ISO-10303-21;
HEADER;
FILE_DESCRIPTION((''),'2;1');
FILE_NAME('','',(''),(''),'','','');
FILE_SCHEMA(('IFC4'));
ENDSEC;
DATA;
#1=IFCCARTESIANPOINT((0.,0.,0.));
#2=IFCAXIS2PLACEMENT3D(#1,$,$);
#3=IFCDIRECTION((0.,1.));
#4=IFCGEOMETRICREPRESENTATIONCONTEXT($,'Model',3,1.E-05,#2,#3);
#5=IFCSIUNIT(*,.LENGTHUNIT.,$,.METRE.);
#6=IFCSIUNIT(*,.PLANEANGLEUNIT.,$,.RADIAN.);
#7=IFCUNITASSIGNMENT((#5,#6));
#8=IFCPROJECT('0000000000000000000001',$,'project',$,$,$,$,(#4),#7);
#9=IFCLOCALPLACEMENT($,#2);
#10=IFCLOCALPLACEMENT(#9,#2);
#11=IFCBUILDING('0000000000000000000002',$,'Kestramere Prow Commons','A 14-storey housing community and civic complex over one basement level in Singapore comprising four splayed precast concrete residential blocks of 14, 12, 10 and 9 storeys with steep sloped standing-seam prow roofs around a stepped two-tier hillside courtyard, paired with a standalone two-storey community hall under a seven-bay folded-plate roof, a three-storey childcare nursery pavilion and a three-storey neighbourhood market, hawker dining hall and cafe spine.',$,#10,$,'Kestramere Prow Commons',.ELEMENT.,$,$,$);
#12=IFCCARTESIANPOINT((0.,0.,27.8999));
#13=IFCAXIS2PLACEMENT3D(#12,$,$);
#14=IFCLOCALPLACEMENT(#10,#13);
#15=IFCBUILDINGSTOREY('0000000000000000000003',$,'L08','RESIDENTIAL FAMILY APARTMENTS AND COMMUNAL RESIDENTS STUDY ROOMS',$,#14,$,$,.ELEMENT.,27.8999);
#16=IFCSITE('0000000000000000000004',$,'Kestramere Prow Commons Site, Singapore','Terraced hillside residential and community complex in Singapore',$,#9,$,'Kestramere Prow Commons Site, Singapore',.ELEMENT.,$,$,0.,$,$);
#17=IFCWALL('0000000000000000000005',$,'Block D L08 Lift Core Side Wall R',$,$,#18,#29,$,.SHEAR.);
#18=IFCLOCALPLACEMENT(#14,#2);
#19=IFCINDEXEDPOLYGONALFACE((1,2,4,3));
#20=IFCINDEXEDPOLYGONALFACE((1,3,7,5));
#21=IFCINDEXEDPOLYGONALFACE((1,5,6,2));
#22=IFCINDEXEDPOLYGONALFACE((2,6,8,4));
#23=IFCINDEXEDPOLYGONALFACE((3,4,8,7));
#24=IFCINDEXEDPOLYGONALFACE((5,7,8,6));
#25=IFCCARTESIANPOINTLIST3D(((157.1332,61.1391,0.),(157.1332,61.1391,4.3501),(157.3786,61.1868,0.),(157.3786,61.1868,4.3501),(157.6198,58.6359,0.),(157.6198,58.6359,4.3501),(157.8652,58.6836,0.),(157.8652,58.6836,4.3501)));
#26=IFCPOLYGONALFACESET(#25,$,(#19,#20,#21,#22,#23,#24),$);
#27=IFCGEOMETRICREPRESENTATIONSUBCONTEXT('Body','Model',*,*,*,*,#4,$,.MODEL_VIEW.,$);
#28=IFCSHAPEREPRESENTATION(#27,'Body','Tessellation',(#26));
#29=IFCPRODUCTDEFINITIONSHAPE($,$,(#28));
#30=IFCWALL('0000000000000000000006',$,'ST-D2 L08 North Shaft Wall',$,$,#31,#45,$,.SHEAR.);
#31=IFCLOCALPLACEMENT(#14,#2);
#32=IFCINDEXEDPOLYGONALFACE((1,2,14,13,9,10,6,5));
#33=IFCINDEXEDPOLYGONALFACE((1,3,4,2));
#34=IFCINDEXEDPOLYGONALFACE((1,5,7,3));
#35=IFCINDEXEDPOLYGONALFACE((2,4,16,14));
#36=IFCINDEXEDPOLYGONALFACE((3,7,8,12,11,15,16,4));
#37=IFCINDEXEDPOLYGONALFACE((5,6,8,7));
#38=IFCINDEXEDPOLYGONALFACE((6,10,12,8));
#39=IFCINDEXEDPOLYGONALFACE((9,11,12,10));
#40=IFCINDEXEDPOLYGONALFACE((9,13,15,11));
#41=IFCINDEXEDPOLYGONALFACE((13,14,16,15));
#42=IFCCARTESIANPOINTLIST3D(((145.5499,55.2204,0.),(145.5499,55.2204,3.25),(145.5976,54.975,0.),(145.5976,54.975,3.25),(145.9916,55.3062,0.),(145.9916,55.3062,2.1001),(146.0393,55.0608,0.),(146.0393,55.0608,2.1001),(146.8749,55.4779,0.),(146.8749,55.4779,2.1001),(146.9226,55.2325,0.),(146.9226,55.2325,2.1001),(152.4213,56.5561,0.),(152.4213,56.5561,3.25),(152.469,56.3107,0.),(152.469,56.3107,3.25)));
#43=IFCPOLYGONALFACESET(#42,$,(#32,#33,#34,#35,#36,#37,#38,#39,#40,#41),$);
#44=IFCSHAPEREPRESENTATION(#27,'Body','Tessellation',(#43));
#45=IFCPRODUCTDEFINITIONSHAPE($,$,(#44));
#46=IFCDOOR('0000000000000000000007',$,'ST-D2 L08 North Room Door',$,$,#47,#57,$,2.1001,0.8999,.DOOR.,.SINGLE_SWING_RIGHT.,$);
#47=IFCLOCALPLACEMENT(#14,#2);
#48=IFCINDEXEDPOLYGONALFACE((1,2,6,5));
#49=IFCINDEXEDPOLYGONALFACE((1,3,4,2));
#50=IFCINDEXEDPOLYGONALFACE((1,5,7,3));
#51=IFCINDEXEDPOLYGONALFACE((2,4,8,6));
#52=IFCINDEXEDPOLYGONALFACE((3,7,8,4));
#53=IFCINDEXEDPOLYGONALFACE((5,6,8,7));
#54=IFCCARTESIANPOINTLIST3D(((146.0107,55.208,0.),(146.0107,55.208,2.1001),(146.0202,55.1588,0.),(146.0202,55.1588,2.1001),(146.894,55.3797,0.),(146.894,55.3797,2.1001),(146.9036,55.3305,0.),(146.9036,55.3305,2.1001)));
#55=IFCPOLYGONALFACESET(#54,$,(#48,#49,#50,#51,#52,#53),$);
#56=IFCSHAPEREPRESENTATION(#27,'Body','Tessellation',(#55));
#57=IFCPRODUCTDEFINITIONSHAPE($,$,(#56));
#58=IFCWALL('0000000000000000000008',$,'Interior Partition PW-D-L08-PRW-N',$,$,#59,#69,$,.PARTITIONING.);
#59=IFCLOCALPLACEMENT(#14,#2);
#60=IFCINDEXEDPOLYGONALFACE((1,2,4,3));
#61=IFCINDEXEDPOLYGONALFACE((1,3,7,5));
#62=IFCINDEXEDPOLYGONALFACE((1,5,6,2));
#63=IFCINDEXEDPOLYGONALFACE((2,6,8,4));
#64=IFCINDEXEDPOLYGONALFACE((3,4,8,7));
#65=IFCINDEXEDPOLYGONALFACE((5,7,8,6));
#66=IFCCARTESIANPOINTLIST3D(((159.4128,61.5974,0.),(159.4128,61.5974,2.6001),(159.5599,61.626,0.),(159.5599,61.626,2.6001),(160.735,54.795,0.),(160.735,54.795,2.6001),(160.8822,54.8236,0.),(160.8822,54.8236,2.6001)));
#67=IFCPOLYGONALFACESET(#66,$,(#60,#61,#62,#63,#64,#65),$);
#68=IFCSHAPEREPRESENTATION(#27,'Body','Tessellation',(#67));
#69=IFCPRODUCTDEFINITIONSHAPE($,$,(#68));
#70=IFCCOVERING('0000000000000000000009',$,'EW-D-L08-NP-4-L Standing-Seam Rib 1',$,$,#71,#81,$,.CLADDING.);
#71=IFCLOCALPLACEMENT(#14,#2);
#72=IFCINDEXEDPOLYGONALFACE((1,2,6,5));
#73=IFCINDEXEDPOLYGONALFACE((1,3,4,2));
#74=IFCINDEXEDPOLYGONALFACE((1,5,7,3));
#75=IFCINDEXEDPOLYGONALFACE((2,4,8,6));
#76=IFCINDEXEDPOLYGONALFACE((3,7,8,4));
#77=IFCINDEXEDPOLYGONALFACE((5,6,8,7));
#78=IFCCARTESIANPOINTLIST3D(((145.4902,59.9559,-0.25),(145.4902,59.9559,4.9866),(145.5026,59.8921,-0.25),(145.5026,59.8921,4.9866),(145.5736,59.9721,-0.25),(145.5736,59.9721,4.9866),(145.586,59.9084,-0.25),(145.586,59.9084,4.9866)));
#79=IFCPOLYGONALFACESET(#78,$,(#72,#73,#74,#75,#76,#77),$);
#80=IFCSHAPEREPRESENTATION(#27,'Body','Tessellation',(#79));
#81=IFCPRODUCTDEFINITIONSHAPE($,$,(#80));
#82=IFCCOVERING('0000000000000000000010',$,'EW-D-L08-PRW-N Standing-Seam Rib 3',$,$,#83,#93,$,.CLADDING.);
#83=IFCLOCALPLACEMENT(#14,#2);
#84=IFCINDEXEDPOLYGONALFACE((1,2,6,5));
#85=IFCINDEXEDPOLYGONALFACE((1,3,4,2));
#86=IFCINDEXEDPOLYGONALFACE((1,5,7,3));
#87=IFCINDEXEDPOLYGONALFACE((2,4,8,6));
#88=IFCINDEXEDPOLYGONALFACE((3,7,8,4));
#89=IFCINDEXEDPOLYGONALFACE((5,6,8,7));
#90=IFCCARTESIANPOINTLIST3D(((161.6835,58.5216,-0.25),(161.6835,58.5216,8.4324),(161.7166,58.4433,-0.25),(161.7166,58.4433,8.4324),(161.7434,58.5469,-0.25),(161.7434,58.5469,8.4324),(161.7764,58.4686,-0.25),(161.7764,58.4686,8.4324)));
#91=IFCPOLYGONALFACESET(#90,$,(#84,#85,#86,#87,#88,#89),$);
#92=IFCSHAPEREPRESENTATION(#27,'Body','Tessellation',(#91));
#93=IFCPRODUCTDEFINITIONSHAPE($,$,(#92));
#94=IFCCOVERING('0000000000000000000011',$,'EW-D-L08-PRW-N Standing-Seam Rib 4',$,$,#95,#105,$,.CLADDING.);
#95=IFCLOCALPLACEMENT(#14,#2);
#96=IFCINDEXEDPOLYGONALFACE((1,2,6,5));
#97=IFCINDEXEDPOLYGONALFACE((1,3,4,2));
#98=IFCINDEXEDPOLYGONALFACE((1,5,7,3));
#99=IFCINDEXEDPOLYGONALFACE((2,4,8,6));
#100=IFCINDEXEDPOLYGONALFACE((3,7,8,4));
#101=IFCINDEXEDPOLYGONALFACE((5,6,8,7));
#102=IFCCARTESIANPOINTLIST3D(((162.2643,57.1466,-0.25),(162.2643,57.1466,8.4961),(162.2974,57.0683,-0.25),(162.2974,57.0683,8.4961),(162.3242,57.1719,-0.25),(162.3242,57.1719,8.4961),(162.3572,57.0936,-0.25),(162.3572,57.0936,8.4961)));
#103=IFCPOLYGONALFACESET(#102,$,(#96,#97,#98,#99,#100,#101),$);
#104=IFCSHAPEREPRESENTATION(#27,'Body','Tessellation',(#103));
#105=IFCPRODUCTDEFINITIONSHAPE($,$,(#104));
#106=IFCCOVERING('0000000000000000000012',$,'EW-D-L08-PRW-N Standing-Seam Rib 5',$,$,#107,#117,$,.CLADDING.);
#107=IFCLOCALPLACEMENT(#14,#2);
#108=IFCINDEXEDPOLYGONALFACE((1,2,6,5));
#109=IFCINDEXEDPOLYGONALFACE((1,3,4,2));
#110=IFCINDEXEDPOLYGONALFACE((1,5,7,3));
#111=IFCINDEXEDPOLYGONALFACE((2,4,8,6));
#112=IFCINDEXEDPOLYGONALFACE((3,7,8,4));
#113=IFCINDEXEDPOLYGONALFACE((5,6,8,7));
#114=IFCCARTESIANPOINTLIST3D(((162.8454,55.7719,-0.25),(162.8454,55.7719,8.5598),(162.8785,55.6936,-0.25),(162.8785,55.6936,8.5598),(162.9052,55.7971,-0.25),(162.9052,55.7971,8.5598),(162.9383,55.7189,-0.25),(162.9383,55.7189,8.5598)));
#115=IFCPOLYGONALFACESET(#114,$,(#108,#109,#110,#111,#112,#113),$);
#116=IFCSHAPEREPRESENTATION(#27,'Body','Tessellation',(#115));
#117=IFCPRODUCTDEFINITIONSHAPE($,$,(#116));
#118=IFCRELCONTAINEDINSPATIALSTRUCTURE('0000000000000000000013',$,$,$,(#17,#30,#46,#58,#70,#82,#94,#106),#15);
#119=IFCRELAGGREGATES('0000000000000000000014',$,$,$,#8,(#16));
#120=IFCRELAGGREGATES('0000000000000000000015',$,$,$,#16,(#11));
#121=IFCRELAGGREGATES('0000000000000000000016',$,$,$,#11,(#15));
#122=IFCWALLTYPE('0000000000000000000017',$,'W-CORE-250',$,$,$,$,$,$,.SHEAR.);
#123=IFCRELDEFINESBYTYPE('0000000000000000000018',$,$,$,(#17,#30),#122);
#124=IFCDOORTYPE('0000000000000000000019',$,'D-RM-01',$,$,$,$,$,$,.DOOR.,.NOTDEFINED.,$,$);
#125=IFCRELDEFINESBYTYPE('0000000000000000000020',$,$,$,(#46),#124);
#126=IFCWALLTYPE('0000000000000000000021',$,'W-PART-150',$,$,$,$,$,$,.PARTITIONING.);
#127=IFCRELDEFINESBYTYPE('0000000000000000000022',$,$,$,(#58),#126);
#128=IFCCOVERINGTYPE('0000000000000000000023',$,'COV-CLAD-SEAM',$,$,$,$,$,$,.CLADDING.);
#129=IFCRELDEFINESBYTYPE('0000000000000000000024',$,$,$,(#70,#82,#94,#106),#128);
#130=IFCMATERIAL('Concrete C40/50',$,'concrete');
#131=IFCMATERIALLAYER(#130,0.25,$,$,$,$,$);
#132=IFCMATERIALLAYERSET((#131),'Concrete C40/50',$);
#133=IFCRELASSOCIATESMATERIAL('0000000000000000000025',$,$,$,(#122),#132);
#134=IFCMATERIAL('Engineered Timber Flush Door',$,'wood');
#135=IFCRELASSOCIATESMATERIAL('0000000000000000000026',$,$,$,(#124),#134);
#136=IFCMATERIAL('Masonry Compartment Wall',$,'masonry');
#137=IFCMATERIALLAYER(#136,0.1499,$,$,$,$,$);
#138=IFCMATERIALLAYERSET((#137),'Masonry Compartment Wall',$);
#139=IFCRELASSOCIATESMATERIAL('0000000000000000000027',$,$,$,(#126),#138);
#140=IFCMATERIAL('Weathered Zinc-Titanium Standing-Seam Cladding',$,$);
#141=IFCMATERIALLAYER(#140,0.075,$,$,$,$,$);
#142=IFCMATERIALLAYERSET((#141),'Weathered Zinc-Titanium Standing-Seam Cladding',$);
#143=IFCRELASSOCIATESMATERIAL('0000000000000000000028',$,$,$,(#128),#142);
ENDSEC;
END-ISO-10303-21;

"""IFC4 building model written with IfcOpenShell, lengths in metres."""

from ifc_helpers import new_model, si_unit, direction, frame, frame_2d, origin, origin_2d, place, context, subcontext, project, spatial, rectangle, extrude, material, layer, layer_set, type_object, element, fill, save


model = new_model("IFC4")

# Units and contexts
model_context = context("Model", 3, precision=1e-05, world=origin(), true_north=direction((0.0, 1.0)))
body_context = subcontext(model_context, "Body", "Model", "MODEL_VIEW")
ifc_project = project(units=[si_unit("LENGTHUNIT", "METRE"), si_unit("PLANEANGLEUNIT", "RADIAN")], contexts=[model_context])

# Site, building, storey
site_placement = place(None, origin())
site = spatial("IfcSite", under=ifc_project, at=site_placement, Name="Kestramere Prow Commons Site, Singapore", Description="Terraced hillside residential and community complex in Singapore", LongName="Kestramere Prow Commons Site, Singapore", CompositionType="ELEMENT", RefElevation=0.0)
building_placement = place(site_placement, origin())
building = spatial("IfcBuilding", under=site, at=building_placement, Name="Kestramere Prow Commons", Description="A 14-storey housing community and civic complex over one basement level in Singapore comprising four splayed precast concrete residential blocks of 14, 12, 10 and 9 storeys with steep sloped standing-seam prow roofs around a stepped two-tier hillside courtyard, paired with a standalone two-storey community hall under a seven-bay folded-plate roof, a three-storey childcare nursery pavilion and a three-storey neighbourhood market, hawker dining hall and cafe spine.", LongName="Kestramere Prow Commons", CompositionType="ELEMENT")
storey_placement = place(building_placement, frame((0.0, 0.0, 27.8999)))
storey = spatial("IfcBuildingStorey", under=building, at=storey_placement, Name="L08", Description="RESIDENTIAL FAMILY APARTMENTS AND COMMUNAL RESIDENTS STUDY ROOMS", CompositionType="ELEMENT", Elevation=27.8999)

# Shared definitions
ifc_material_1 = material(Name="Concrete C40/50", Category="concrete")
ifc_layer_1 = layer(ifc_material_1, 0.25)
ifc_layer_set_1 = layer_set([ifc_layer_1], Name="Concrete C40/50")
wall_type_1 = type_object("IfcWallType", Name="W-CORE-250", PredefinedType="SHEAR", material=ifc_layer_set_1)

# Wall
for number, where, z_axis, x_axis, name in (
    (1, (157.7424, 58.6599, 0.0), (0.0, 0.0, 1.0), (-0.190811, 0.981627, 0.0), "Block D L08 Lift Core Side Wall R"),
):
    element("IfcWall", number, at=place(storey_placement, frame(where, z_axis=z_axis, x_axis=x_axis)), inside=storey, type_object=wall_type_1, Name=name, PredefinedType="SHEAR", context=body_context, shape_type="SweptSolid", body=[
        extrude(rectangle(XDim=2.55, YDim=0.25, at=frame_2d((1.2749, 0.0))), origin(), (0.0, 0.0, 1.0), 4.3501),
    ])

# Wall, opening, door
wall_1_placement = place(storey_placement, frame((145.5737, 55.0977, 0.0), z_axis=(0.0, 0.0, 1.0), x_axis=(0.981626, 0.190815, 0.0)))
wall_1 = element("IfcWall", 2, at=wall_1_placement, inside=storey, type_object=wall_type_1, Name="ST-D2 L08 North Shaft Wall", PredefinedType="SHEAR", context=body_context, shape_type="SweptSolid", body=[
    extrude(rectangle(XDim=7.0, YDim=0.25, at=frame_2d((3.5, 0.0))), origin(), (0.0, 0.0, 1.0), 3.25),
])
opening_1_placement = place(wall_1_placement, frame((0.45, 0.0, 0.0)))
opening_1 = element("IfcOpeningElement", 3, at=opening_1_placement, cuts=wall_1, PredefinedType="OPENING", context=body_context, shape_type="SweptSolid", body=[
    extrude(rectangle(XDim=0.8999, YDim=2.1001, at=frame_2d((0.45, 1.05))), frame((0.0, 0.1399, 0.0), z_axis=(0.0, -1.0, 0.0), x_axis=(1.0, 0.0, 0.0)), (0.0, 0.0, 1.0), 0.28),
])
ifc_material_2 = material(Name="Engineered Timber Flush Door", Category="wood")
door_type_1 = type_object("IfcDoorType", Name="D-RM-01", OperationType="NOTDEFINED", PredefinedType="DOOR", material=ifc_material_2)
door_1_placement = place(opening_1_placement, origin())
door_1 = element("IfcDoor", 4, at=door_1_placement, inside=storey, type_object=door_type_1, Name="ST-D2 L08 North Room Door", OperationType="SINGLE_SWING_RIGHT", OverallHeight=2.1001, OverallWidth=0.8999, PredefinedType="DOOR", context=body_context, shape_type="SweptSolid", body=[
    extrude(rectangle(XDim=0.8999, YDim=2.1001, at=frame_2d((0.45, 1.05))), frame((0.0, 0.0249, 0.0), z_axis=(0.0, -1.0, 0.0), x_axis=(1.0, 0.0, 0.0)), (0.0, 0.0, 1.0), 0.05),
])
fill(opening_1, door_1)

# Wall
ifc_material_3 = material(Name="Masonry Compartment Wall", Category="masonry")
ifc_layer_2 = layer(ifc_material_3, 0.1499)
ifc_layer_set_2 = layer_set([ifc_layer_2], Name="Masonry Compartment Wall")
wall_type_2 = type_object("IfcWallType", Name="W-PART-150", PredefinedType="PARTITIONING", material=ifc_layer_set_2)
wall_2_placement = place(storey_placement, frame((160.8086, 54.8093, 0.0), z_axis=(0.0, 0.0, 1.0), x_axis=(-0.190808, 0.981627, 0.0)))
element("IfcWall", 5, at=wall_2_placement, inside=storey, type_object=wall_type_2, Name="Interior Partition PW-D-L08-PRW-N", PredefinedType="PARTITIONING", context=body_context, shape_type="SweptSolid", body=[
    extrude(rectangle(XDim=6.9297, YDim=0.1499, at=frame_2d((3.4648, 0.0))), origin(), (0.0, 0.0, 1.0), 2.6001),
])

# Coverings
ifc_material_4 = material(Name="Weathered Zinc-Titanium Standing-Seam Cladding")
ifc_layer_3 = layer(ifc_material_4, 0.075)
ifc_layer_set_3 = layer_set([ifc_layer_3], Name="Weathered Zinc-Titanium Standing-Seam Cladding")
covering_type = type_object("IfcCoveringType", Name="COV-CLAD-SEAM", PredefinedType="CLADDING", material=ifc_layer_set_3)
covering_1_placement = place(storey_placement, frame((145.5381, 59.9321, -0.25), z_axis=(0.0, 0.0, 1.0), x_axis=(0.981627, 0.190809, 0.0)))
element("IfcCovering", 6, at=covering_1_placement, inside=storey, type_object=covering_type, Name="EW-D-L08-NP-4-L Standing-Seam Rib 1", PredefinedType="CLADDING", context=body_context, shape_type="SweptSolid", body=[
    extrude(rectangle(XDim=0.085, YDim=0.0649, at=origin_2d()), origin(), (0.0, 0.0, 1.0), 5.2366),
])
covering_2_placement = place(storey_placement, frame((161.73, 58.4951, -0.25), z_axis=(0.0, 0.0, 1.0), x_axis=(0.38922, -0.921145, 0.0)))
element("IfcCovering", 7, at=covering_2_placement, inside=storey, type_object=covering_type, Name="EW-D-L08-PRW-N Standing-Seam Rib 3", PredefinedType="CLADDING", context=body_context, shape_type="SweptSolid", body=[
    extrude(rectangle(XDim=0.085, YDim=0.0649, at=origin_2d()), origin(), (0.0, 0.0, 1.0), 8.6824),
])
covering_3_placement = place(storey_placement, frame((162.3108, 57.1201, -0.25), z_axis=(0.0, 0.0, 1.0), x_axis=(0.38922, -0.921145, 0.0)))
element("IfcCovering", 8, at=covering_3_placement, inside=storey, type_object=covering_type, Name="EW-D-L08-PRW-N Standing-Seam Rib 4", PredefinedType="CLADDING", context=body_context, shape_type="SweptSolid", body=[
    extrude(rectangle(XDim=0.085, YDim=0.0649, at=origin_2d()), origin(), (0.0, 0.0, 1.0), 8.7461),
])
covering_4_placement = place(storey_placement, frame((162.8918, 55.7454, -0.25), z_axis=(0.0, 0.0, 1.0), x_axis=(0.38922, -0.921145, 0.0)))
element("IfcCovering", 9, at=covering_4_placement, inside=storey, type_object=covering_type, Name="EW-D-L08-PRW-N Standing-Seam Rib 5", PredefinedType="CLADDING", context=body_context, shape_type="SweptSolid", body=[
    extrude(rectangle(XDim=0.085, YDim=0.0649, at=origin_2d()), origin(), (0.0, 0.0, 1.0), 8.8098),
])

save(model, "model.ifc")
